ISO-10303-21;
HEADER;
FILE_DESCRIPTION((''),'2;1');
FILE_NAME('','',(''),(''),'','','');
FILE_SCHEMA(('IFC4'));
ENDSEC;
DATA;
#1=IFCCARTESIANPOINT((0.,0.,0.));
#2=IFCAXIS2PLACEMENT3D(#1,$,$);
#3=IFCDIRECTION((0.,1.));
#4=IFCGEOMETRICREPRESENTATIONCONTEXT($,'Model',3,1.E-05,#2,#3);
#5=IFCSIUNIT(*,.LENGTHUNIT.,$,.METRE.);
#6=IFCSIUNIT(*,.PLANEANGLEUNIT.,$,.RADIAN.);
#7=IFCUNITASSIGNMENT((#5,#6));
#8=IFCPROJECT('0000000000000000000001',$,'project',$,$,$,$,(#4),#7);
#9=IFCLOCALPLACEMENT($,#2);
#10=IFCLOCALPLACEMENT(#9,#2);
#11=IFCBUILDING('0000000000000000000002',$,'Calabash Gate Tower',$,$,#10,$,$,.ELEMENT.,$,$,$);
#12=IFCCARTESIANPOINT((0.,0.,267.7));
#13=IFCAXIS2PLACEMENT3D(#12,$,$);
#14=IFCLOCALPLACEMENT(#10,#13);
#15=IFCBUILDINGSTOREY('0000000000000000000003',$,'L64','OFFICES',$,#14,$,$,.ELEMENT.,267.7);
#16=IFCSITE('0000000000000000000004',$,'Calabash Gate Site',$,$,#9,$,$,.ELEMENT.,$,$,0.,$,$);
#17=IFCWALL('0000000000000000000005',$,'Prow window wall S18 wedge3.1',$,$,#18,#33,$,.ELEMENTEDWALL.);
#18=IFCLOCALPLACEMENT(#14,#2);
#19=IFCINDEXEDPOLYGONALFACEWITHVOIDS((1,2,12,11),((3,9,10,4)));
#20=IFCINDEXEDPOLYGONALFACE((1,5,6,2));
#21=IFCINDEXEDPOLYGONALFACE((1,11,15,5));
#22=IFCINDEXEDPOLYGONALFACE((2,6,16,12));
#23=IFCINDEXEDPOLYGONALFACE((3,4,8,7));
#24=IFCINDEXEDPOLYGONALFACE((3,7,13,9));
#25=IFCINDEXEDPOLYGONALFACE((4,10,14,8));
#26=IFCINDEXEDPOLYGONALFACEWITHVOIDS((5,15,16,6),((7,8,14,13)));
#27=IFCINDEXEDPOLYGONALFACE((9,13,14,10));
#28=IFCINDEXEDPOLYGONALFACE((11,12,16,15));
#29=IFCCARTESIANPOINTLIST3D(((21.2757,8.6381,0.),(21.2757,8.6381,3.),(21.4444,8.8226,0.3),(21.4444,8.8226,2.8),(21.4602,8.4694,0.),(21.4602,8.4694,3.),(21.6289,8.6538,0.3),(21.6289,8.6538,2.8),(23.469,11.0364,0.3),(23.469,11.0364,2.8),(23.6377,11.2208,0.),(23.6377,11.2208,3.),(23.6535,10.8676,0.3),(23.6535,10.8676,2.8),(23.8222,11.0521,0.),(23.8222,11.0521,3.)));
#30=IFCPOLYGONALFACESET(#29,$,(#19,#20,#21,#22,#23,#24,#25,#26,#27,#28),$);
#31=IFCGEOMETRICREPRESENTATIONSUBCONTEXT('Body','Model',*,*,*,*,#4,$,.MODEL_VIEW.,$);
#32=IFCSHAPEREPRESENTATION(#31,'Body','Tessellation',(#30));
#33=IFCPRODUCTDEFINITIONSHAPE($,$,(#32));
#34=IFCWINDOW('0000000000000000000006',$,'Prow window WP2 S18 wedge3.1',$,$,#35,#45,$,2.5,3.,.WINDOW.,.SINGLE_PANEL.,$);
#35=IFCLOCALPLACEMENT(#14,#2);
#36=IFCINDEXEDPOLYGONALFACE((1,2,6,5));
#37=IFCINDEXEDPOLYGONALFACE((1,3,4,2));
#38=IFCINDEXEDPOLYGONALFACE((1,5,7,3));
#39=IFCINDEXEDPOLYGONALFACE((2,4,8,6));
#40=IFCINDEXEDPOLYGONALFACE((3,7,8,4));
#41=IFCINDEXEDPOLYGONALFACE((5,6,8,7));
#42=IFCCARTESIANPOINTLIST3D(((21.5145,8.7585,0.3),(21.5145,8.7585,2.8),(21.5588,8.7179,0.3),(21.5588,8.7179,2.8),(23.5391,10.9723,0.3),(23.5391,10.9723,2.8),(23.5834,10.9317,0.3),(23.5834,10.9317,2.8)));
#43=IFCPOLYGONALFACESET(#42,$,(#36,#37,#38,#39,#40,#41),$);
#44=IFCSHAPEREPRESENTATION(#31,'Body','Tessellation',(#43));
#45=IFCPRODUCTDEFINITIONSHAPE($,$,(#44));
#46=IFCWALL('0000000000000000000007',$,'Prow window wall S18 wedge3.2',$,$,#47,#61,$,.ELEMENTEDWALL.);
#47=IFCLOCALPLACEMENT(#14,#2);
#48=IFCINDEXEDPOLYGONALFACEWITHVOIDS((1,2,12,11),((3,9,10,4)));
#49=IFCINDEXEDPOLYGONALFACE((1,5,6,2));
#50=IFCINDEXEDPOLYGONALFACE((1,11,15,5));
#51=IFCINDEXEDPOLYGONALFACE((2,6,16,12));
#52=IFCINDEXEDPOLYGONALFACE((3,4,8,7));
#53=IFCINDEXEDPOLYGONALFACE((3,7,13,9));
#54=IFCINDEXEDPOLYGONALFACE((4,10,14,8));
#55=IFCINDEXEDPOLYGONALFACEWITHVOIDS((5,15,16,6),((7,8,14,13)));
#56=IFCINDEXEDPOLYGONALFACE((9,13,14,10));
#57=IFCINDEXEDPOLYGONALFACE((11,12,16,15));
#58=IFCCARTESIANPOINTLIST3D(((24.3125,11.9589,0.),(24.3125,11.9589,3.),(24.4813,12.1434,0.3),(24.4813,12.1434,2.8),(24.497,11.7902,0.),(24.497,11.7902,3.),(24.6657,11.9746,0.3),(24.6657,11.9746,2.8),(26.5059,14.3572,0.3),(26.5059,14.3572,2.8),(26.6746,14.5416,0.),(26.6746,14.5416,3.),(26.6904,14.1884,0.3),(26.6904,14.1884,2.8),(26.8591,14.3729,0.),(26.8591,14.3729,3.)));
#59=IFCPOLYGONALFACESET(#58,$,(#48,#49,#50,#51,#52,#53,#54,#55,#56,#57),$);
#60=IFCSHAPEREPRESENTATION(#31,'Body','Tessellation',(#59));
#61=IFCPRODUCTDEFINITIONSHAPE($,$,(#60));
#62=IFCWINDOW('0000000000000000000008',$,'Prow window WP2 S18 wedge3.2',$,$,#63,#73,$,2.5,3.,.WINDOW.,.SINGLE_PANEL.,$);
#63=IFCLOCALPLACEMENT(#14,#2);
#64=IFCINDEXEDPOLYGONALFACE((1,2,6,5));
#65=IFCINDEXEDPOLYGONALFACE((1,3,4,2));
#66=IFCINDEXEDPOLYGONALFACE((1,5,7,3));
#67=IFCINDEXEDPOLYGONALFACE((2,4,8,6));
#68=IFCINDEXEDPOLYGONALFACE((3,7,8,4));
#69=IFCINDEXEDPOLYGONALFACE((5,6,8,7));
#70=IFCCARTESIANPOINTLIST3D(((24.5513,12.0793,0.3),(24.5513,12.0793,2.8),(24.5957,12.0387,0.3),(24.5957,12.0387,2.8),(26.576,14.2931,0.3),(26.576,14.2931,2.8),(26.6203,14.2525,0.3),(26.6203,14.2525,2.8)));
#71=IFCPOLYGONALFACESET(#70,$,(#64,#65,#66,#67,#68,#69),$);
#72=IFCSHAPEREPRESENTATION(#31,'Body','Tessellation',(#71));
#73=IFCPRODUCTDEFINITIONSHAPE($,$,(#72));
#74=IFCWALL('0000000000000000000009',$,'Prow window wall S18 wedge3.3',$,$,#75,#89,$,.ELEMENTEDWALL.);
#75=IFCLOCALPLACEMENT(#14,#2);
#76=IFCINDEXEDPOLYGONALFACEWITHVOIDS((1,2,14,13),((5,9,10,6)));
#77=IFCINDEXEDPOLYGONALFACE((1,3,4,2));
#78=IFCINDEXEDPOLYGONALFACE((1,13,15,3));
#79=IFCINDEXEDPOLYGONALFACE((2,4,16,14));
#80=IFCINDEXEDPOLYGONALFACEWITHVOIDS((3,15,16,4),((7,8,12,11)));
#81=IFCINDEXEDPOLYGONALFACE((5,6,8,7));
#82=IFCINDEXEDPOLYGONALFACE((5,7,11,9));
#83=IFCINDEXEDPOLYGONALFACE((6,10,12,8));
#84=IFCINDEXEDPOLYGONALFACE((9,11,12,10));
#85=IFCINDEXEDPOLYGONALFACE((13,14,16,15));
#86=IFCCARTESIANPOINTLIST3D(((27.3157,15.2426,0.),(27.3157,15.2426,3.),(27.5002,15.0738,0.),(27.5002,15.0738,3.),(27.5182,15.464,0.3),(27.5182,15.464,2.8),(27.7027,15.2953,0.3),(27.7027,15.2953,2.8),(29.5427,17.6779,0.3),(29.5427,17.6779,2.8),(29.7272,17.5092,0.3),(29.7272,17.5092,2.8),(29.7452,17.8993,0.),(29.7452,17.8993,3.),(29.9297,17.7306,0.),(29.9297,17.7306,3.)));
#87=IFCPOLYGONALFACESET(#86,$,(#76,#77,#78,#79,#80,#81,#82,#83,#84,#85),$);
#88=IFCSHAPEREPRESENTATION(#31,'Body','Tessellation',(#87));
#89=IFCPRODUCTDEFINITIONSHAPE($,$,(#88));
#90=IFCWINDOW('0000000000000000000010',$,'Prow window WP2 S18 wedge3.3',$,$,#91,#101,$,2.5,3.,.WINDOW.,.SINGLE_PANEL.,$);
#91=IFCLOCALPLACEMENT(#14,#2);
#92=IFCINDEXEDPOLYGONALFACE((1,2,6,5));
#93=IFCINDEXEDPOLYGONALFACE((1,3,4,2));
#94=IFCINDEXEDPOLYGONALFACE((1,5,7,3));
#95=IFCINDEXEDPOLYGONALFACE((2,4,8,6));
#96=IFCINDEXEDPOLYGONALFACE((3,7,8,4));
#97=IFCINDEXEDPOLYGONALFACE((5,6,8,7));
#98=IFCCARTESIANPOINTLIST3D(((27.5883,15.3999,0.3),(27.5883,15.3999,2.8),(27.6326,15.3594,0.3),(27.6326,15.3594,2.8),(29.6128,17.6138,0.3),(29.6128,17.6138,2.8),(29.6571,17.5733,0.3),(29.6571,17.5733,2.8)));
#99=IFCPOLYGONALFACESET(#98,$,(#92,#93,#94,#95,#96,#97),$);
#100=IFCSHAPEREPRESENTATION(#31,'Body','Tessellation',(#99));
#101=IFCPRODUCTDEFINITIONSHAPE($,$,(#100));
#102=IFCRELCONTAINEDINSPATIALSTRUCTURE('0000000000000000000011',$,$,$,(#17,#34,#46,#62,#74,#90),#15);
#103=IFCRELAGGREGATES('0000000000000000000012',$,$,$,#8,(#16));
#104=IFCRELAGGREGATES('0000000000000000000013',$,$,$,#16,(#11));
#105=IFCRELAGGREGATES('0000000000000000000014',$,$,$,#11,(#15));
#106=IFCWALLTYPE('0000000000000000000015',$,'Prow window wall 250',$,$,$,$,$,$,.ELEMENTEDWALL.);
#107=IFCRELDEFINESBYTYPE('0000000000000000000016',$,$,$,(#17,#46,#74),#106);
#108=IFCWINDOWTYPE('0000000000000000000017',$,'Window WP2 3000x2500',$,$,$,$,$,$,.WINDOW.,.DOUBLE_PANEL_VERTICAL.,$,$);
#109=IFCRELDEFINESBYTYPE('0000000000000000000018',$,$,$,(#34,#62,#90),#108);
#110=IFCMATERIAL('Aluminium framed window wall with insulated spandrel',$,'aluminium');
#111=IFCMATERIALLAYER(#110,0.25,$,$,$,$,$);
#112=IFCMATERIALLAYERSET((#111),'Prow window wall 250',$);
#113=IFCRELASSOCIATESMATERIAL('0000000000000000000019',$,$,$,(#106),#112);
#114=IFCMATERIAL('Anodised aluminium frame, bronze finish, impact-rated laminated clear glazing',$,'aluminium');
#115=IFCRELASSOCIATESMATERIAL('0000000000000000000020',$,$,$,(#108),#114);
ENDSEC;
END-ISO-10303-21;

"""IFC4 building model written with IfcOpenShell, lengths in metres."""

from ifc_helpers import new_model, si_unit, direction, frame, frame_2d, origin, place, context, subcontext, project, spatial, rectangle, extrude, material, layer, layer_set, type_object, element, fill, save


model = new_model("IFC4")

# Units and contexts
model_context = context("Model", 3, precision=1e-05, world=origin(), true_north=direction((0.0, 1.0)))
body_context = subcontext(model_context, "Body", "Model", "MODEL_VIEW")
ifc_project = project(units=[si_unit("LENGTHUNIT", "METRE"), si_unit("PLANEANGLEUNIT", "RADIAN")], contexts=[model_context])

# Site, building, storey
site_placement = place(None, origin())
site = spatial("IfcSite", under=ifc_project, at=site_placement, Name="Calabash Gate Site", CompositionType="ELEMENT", RefElevation=0.0)
building_placement = place(site_placement, origin())
building = spatial("IfcBuilding", under=site, at=building_placement, Name="Calabash Gate Tower", CompositionType="ELEMENT")
storey_placement = place(building_placement, frame((0.0, 0.0, 267.7)))
storey = spatial("IfcBuildingStorey", under=building, at=storey_placement, Name="L64", Description="OFFICES", CompositionType="ELEMENT", Elevation=267.7)

# Walls, openings, windows
ifc_material_1 = material(Name="Aluminium framed window wall with insulated spandrel", Category="aluminium")
ifc_layer_1 = layer(ifc_material_1, 0.25)
ifc_layer_set_1 = layer_set([ifc_layer_1], Name="Prow window wall 250")
wall_type_1 = type_object("IfcWallType", Name="Prow window wall 250", PredefinedType="ELEMENTEDWALL", material=ifc_layer_set_1)
wall_1_placement = place(storey_placement, frame((21.3679, 8.5537, 0.0), z_axis=(0.0, 0.0, 1.0), x_axis=(0.674874, 0.737933, 0.0)))
wall_1 = element("IfcWall", 1, at=wall_1_placement, inside=storey, type_object=wall_type_1, Name="Prow window wall S18 wedge3.1", PredefinedType="ELEMENTEDWALL", context=body_context, shape_type="SweptSolid", body=[
    extrude(rectangle(XDim=3.5, YDim=0.25, at=frame_2d((1.75, 0.0))), origin(), (0.0, 0.0, 1.0), 3.0),
])
opening_1_placement = place(wall_1_placement, frame((0.25, 0.0, 0.3)))
opening_1 = element("IfcOpeningElement", 2, at=opening_1_placement, cuts=wall_1, PredefinedType="OPENING", context=body_context, shape_type="SweptSolid", body=[
    extrude(rectangle(XDim=3.0, YDim=2.5, at=frame_2d((1.5, 1.25))), frame((0.0, 0.135, 0.0), z_axis=(0.0, -1.0, 0.0), x_axis=(1.0, 0.0, 0.0)), (0.0, 0.0, 1.0), 0.27),
])
ifc_material_2 = material(Name="Anodised aluminium frame, bronze finish, impact-rated laminated clear glazing", Category="aluminium")
window_type = type_object("IfcWindowType", Name="Window WP2 3000x2500", PartitioningType="DOUBLE_PANEL_VERTICAL", PredefinedType="WINDOW", material=ifc_material_2)
window_1_placement = place(opening_1_placement, origin())
window_1 = element("IfcWindow", 3, at=window_1_placement, inside=storey, type_object=window_type, Name="Prow window WP2 S18 wedge3.1", OverallHeight=2.5, OverallWidth=3.0, PartitioningType="SINGLE_PANEL", PredefinedType="WINDOW", context=body_context, shape_type="SweptSolid", body=[
    extrude(rectangle(XDim=3.0, YDim=2.5, at=frame_2d((1.5, 1.25))), frame((0.0, 0.03, 0.0), z_axis=(0.0, -1.0, 0.0), x_axis=(1.0, 0.0, 0.0)), (0.0, 0.0, 1.0), 0.0601),
])
fill(opening_1, window_1)
wall_2_placement = place(storey_placement, frame((24.4048, 11.8745, 0.0), z_axis=(0.0, 0.0, 1.0), x_axis=(0.674874, 0.737933, 0.0)))
wall_2 = element("IfcWall", 4, at=wall_2_placement, inside=storey, type_object=wall_type_1, Name="Prow window wall S18 wedge3.2", PredefinedType="ELEMENTEDWALL", context=body_context, shape_type="SweptSolid", body=[
    extrude(rectangle(XDim=3.5, YDim=0.25, at=frame_2d((1.75, 0.0))), origin(), (0.0, 0.0, 1.0), 3.0),
])
opening_2_placement = place(wall_2_placement, frame((0.25, 0.0, 0.3)))
opening_2 = element("IfcOpeningElement", 5, at=opening_2_placement, cuts=wall_2, PredefinedType="OPENING", context=body_context, shape_type="SweptSolid", body=[
    extrude(rectangle(XDim=3.0, YDim=2.5, at=frame_2d((1.5, 1.25))), frame((0.0, 0.135, 0.0), z_axis=(0.0, -1.0, 0.0), x_axis=(1.0, 0.0, 0.0)), (0.0, 0.0, 1.0), 0.27),
])
window_2_placement = place(opening_2_placement, origin())
window_2 = element("IfcWindow", 6, at=window_2_placement, inside=storey, type_object=window_type, Name="Prow window WP2 S18 wedge3.2", OverallHeight=2.5, OverallWidth=3.0, PartitioningType="SINGLE_PANEL", PredefinedType="WINDOW", context=body_context, shape_type="SweptSolid", body=[
    extrude(rectangle(XDim=3.0, YDim=2.5, at=frame_2d((1.5, 1.25))), frame((0.0, 0.03, 0.0), z_axis=(0.0, -1.0, 0.0), x_axis=(1.0, 0.0, 0.0)), (0.0, 0.0, 1.0), 0.0601),
])
fill(opening_2, window_2)
wall_3_placement = place(storey_placement, frame((27.408, 15.1582, 0.0), z_axis=(0.0, 0.0, 1.0), x_axis=(0.674834, 0.73797, 0.0)))
wall_3 = element("IfcWall", 7, at=wall_3_placement, inside=storey, type_object=wall_type_1, Name="Prow window wall S18 wedge3.3", PredefinedType="ELEMENTEDWALL", context=body_context, shape_type="SweptSolid", body=[
    extrude(rectangle(XDim=3.6001, YDim=0.25, at=frame_2d((1.8, 0.0))), origin(), (0.0, 0.0, 1.0), 3.0),
])
opening_3_placement = place(wall_3_placement, frame((0.3, 0.0, 0.3)))
opening_3 = element("IfcOpeningElement", 8, at=opening_3_placement, cuts=wall_3, PredefinedType="OPENING", context=body_context, shape_type="SweptSolid", body=[
    extrude(rectangle(XDim=3.0, YDim=2.5, at=frame_2d((1.5, 1.25))), frame((0.0, 0.135, 0.0), z_axis=(0.0, -1.0, 0.0), x_axis=(1.0, 0.0, 0.0)), (0.0, 0.0, 1.0), 0.27),
])
window_3_placement = place(opening_3_placement, origin())
window_3 = element("IfcWindow", 9, at=window_3_placement, inside=storey, type_object=window_type, Name="Prow window WP2 S18 wedge3.3", OverallHeight=2.5, OverallWidth=3.0, PartitioningType="SINGLE_PANEL", PredefinedType="WINDOW", context=body_context, shape_type="SweptSolid", body=[
    extrude(rectangle(XDim=3.0, YDim=2.5, at=frame_2d((1.5, 1.25))), frame((0.0, 0.03, 0.0), z_axis=(0.0, -1.0, 0.0), x_axis=(1.0, 0.0, 0.0)), (0.0, 0.0, 1.0), 0.0601),
])
fill(opening_3, window_3)

save(model, "model.ifc")
